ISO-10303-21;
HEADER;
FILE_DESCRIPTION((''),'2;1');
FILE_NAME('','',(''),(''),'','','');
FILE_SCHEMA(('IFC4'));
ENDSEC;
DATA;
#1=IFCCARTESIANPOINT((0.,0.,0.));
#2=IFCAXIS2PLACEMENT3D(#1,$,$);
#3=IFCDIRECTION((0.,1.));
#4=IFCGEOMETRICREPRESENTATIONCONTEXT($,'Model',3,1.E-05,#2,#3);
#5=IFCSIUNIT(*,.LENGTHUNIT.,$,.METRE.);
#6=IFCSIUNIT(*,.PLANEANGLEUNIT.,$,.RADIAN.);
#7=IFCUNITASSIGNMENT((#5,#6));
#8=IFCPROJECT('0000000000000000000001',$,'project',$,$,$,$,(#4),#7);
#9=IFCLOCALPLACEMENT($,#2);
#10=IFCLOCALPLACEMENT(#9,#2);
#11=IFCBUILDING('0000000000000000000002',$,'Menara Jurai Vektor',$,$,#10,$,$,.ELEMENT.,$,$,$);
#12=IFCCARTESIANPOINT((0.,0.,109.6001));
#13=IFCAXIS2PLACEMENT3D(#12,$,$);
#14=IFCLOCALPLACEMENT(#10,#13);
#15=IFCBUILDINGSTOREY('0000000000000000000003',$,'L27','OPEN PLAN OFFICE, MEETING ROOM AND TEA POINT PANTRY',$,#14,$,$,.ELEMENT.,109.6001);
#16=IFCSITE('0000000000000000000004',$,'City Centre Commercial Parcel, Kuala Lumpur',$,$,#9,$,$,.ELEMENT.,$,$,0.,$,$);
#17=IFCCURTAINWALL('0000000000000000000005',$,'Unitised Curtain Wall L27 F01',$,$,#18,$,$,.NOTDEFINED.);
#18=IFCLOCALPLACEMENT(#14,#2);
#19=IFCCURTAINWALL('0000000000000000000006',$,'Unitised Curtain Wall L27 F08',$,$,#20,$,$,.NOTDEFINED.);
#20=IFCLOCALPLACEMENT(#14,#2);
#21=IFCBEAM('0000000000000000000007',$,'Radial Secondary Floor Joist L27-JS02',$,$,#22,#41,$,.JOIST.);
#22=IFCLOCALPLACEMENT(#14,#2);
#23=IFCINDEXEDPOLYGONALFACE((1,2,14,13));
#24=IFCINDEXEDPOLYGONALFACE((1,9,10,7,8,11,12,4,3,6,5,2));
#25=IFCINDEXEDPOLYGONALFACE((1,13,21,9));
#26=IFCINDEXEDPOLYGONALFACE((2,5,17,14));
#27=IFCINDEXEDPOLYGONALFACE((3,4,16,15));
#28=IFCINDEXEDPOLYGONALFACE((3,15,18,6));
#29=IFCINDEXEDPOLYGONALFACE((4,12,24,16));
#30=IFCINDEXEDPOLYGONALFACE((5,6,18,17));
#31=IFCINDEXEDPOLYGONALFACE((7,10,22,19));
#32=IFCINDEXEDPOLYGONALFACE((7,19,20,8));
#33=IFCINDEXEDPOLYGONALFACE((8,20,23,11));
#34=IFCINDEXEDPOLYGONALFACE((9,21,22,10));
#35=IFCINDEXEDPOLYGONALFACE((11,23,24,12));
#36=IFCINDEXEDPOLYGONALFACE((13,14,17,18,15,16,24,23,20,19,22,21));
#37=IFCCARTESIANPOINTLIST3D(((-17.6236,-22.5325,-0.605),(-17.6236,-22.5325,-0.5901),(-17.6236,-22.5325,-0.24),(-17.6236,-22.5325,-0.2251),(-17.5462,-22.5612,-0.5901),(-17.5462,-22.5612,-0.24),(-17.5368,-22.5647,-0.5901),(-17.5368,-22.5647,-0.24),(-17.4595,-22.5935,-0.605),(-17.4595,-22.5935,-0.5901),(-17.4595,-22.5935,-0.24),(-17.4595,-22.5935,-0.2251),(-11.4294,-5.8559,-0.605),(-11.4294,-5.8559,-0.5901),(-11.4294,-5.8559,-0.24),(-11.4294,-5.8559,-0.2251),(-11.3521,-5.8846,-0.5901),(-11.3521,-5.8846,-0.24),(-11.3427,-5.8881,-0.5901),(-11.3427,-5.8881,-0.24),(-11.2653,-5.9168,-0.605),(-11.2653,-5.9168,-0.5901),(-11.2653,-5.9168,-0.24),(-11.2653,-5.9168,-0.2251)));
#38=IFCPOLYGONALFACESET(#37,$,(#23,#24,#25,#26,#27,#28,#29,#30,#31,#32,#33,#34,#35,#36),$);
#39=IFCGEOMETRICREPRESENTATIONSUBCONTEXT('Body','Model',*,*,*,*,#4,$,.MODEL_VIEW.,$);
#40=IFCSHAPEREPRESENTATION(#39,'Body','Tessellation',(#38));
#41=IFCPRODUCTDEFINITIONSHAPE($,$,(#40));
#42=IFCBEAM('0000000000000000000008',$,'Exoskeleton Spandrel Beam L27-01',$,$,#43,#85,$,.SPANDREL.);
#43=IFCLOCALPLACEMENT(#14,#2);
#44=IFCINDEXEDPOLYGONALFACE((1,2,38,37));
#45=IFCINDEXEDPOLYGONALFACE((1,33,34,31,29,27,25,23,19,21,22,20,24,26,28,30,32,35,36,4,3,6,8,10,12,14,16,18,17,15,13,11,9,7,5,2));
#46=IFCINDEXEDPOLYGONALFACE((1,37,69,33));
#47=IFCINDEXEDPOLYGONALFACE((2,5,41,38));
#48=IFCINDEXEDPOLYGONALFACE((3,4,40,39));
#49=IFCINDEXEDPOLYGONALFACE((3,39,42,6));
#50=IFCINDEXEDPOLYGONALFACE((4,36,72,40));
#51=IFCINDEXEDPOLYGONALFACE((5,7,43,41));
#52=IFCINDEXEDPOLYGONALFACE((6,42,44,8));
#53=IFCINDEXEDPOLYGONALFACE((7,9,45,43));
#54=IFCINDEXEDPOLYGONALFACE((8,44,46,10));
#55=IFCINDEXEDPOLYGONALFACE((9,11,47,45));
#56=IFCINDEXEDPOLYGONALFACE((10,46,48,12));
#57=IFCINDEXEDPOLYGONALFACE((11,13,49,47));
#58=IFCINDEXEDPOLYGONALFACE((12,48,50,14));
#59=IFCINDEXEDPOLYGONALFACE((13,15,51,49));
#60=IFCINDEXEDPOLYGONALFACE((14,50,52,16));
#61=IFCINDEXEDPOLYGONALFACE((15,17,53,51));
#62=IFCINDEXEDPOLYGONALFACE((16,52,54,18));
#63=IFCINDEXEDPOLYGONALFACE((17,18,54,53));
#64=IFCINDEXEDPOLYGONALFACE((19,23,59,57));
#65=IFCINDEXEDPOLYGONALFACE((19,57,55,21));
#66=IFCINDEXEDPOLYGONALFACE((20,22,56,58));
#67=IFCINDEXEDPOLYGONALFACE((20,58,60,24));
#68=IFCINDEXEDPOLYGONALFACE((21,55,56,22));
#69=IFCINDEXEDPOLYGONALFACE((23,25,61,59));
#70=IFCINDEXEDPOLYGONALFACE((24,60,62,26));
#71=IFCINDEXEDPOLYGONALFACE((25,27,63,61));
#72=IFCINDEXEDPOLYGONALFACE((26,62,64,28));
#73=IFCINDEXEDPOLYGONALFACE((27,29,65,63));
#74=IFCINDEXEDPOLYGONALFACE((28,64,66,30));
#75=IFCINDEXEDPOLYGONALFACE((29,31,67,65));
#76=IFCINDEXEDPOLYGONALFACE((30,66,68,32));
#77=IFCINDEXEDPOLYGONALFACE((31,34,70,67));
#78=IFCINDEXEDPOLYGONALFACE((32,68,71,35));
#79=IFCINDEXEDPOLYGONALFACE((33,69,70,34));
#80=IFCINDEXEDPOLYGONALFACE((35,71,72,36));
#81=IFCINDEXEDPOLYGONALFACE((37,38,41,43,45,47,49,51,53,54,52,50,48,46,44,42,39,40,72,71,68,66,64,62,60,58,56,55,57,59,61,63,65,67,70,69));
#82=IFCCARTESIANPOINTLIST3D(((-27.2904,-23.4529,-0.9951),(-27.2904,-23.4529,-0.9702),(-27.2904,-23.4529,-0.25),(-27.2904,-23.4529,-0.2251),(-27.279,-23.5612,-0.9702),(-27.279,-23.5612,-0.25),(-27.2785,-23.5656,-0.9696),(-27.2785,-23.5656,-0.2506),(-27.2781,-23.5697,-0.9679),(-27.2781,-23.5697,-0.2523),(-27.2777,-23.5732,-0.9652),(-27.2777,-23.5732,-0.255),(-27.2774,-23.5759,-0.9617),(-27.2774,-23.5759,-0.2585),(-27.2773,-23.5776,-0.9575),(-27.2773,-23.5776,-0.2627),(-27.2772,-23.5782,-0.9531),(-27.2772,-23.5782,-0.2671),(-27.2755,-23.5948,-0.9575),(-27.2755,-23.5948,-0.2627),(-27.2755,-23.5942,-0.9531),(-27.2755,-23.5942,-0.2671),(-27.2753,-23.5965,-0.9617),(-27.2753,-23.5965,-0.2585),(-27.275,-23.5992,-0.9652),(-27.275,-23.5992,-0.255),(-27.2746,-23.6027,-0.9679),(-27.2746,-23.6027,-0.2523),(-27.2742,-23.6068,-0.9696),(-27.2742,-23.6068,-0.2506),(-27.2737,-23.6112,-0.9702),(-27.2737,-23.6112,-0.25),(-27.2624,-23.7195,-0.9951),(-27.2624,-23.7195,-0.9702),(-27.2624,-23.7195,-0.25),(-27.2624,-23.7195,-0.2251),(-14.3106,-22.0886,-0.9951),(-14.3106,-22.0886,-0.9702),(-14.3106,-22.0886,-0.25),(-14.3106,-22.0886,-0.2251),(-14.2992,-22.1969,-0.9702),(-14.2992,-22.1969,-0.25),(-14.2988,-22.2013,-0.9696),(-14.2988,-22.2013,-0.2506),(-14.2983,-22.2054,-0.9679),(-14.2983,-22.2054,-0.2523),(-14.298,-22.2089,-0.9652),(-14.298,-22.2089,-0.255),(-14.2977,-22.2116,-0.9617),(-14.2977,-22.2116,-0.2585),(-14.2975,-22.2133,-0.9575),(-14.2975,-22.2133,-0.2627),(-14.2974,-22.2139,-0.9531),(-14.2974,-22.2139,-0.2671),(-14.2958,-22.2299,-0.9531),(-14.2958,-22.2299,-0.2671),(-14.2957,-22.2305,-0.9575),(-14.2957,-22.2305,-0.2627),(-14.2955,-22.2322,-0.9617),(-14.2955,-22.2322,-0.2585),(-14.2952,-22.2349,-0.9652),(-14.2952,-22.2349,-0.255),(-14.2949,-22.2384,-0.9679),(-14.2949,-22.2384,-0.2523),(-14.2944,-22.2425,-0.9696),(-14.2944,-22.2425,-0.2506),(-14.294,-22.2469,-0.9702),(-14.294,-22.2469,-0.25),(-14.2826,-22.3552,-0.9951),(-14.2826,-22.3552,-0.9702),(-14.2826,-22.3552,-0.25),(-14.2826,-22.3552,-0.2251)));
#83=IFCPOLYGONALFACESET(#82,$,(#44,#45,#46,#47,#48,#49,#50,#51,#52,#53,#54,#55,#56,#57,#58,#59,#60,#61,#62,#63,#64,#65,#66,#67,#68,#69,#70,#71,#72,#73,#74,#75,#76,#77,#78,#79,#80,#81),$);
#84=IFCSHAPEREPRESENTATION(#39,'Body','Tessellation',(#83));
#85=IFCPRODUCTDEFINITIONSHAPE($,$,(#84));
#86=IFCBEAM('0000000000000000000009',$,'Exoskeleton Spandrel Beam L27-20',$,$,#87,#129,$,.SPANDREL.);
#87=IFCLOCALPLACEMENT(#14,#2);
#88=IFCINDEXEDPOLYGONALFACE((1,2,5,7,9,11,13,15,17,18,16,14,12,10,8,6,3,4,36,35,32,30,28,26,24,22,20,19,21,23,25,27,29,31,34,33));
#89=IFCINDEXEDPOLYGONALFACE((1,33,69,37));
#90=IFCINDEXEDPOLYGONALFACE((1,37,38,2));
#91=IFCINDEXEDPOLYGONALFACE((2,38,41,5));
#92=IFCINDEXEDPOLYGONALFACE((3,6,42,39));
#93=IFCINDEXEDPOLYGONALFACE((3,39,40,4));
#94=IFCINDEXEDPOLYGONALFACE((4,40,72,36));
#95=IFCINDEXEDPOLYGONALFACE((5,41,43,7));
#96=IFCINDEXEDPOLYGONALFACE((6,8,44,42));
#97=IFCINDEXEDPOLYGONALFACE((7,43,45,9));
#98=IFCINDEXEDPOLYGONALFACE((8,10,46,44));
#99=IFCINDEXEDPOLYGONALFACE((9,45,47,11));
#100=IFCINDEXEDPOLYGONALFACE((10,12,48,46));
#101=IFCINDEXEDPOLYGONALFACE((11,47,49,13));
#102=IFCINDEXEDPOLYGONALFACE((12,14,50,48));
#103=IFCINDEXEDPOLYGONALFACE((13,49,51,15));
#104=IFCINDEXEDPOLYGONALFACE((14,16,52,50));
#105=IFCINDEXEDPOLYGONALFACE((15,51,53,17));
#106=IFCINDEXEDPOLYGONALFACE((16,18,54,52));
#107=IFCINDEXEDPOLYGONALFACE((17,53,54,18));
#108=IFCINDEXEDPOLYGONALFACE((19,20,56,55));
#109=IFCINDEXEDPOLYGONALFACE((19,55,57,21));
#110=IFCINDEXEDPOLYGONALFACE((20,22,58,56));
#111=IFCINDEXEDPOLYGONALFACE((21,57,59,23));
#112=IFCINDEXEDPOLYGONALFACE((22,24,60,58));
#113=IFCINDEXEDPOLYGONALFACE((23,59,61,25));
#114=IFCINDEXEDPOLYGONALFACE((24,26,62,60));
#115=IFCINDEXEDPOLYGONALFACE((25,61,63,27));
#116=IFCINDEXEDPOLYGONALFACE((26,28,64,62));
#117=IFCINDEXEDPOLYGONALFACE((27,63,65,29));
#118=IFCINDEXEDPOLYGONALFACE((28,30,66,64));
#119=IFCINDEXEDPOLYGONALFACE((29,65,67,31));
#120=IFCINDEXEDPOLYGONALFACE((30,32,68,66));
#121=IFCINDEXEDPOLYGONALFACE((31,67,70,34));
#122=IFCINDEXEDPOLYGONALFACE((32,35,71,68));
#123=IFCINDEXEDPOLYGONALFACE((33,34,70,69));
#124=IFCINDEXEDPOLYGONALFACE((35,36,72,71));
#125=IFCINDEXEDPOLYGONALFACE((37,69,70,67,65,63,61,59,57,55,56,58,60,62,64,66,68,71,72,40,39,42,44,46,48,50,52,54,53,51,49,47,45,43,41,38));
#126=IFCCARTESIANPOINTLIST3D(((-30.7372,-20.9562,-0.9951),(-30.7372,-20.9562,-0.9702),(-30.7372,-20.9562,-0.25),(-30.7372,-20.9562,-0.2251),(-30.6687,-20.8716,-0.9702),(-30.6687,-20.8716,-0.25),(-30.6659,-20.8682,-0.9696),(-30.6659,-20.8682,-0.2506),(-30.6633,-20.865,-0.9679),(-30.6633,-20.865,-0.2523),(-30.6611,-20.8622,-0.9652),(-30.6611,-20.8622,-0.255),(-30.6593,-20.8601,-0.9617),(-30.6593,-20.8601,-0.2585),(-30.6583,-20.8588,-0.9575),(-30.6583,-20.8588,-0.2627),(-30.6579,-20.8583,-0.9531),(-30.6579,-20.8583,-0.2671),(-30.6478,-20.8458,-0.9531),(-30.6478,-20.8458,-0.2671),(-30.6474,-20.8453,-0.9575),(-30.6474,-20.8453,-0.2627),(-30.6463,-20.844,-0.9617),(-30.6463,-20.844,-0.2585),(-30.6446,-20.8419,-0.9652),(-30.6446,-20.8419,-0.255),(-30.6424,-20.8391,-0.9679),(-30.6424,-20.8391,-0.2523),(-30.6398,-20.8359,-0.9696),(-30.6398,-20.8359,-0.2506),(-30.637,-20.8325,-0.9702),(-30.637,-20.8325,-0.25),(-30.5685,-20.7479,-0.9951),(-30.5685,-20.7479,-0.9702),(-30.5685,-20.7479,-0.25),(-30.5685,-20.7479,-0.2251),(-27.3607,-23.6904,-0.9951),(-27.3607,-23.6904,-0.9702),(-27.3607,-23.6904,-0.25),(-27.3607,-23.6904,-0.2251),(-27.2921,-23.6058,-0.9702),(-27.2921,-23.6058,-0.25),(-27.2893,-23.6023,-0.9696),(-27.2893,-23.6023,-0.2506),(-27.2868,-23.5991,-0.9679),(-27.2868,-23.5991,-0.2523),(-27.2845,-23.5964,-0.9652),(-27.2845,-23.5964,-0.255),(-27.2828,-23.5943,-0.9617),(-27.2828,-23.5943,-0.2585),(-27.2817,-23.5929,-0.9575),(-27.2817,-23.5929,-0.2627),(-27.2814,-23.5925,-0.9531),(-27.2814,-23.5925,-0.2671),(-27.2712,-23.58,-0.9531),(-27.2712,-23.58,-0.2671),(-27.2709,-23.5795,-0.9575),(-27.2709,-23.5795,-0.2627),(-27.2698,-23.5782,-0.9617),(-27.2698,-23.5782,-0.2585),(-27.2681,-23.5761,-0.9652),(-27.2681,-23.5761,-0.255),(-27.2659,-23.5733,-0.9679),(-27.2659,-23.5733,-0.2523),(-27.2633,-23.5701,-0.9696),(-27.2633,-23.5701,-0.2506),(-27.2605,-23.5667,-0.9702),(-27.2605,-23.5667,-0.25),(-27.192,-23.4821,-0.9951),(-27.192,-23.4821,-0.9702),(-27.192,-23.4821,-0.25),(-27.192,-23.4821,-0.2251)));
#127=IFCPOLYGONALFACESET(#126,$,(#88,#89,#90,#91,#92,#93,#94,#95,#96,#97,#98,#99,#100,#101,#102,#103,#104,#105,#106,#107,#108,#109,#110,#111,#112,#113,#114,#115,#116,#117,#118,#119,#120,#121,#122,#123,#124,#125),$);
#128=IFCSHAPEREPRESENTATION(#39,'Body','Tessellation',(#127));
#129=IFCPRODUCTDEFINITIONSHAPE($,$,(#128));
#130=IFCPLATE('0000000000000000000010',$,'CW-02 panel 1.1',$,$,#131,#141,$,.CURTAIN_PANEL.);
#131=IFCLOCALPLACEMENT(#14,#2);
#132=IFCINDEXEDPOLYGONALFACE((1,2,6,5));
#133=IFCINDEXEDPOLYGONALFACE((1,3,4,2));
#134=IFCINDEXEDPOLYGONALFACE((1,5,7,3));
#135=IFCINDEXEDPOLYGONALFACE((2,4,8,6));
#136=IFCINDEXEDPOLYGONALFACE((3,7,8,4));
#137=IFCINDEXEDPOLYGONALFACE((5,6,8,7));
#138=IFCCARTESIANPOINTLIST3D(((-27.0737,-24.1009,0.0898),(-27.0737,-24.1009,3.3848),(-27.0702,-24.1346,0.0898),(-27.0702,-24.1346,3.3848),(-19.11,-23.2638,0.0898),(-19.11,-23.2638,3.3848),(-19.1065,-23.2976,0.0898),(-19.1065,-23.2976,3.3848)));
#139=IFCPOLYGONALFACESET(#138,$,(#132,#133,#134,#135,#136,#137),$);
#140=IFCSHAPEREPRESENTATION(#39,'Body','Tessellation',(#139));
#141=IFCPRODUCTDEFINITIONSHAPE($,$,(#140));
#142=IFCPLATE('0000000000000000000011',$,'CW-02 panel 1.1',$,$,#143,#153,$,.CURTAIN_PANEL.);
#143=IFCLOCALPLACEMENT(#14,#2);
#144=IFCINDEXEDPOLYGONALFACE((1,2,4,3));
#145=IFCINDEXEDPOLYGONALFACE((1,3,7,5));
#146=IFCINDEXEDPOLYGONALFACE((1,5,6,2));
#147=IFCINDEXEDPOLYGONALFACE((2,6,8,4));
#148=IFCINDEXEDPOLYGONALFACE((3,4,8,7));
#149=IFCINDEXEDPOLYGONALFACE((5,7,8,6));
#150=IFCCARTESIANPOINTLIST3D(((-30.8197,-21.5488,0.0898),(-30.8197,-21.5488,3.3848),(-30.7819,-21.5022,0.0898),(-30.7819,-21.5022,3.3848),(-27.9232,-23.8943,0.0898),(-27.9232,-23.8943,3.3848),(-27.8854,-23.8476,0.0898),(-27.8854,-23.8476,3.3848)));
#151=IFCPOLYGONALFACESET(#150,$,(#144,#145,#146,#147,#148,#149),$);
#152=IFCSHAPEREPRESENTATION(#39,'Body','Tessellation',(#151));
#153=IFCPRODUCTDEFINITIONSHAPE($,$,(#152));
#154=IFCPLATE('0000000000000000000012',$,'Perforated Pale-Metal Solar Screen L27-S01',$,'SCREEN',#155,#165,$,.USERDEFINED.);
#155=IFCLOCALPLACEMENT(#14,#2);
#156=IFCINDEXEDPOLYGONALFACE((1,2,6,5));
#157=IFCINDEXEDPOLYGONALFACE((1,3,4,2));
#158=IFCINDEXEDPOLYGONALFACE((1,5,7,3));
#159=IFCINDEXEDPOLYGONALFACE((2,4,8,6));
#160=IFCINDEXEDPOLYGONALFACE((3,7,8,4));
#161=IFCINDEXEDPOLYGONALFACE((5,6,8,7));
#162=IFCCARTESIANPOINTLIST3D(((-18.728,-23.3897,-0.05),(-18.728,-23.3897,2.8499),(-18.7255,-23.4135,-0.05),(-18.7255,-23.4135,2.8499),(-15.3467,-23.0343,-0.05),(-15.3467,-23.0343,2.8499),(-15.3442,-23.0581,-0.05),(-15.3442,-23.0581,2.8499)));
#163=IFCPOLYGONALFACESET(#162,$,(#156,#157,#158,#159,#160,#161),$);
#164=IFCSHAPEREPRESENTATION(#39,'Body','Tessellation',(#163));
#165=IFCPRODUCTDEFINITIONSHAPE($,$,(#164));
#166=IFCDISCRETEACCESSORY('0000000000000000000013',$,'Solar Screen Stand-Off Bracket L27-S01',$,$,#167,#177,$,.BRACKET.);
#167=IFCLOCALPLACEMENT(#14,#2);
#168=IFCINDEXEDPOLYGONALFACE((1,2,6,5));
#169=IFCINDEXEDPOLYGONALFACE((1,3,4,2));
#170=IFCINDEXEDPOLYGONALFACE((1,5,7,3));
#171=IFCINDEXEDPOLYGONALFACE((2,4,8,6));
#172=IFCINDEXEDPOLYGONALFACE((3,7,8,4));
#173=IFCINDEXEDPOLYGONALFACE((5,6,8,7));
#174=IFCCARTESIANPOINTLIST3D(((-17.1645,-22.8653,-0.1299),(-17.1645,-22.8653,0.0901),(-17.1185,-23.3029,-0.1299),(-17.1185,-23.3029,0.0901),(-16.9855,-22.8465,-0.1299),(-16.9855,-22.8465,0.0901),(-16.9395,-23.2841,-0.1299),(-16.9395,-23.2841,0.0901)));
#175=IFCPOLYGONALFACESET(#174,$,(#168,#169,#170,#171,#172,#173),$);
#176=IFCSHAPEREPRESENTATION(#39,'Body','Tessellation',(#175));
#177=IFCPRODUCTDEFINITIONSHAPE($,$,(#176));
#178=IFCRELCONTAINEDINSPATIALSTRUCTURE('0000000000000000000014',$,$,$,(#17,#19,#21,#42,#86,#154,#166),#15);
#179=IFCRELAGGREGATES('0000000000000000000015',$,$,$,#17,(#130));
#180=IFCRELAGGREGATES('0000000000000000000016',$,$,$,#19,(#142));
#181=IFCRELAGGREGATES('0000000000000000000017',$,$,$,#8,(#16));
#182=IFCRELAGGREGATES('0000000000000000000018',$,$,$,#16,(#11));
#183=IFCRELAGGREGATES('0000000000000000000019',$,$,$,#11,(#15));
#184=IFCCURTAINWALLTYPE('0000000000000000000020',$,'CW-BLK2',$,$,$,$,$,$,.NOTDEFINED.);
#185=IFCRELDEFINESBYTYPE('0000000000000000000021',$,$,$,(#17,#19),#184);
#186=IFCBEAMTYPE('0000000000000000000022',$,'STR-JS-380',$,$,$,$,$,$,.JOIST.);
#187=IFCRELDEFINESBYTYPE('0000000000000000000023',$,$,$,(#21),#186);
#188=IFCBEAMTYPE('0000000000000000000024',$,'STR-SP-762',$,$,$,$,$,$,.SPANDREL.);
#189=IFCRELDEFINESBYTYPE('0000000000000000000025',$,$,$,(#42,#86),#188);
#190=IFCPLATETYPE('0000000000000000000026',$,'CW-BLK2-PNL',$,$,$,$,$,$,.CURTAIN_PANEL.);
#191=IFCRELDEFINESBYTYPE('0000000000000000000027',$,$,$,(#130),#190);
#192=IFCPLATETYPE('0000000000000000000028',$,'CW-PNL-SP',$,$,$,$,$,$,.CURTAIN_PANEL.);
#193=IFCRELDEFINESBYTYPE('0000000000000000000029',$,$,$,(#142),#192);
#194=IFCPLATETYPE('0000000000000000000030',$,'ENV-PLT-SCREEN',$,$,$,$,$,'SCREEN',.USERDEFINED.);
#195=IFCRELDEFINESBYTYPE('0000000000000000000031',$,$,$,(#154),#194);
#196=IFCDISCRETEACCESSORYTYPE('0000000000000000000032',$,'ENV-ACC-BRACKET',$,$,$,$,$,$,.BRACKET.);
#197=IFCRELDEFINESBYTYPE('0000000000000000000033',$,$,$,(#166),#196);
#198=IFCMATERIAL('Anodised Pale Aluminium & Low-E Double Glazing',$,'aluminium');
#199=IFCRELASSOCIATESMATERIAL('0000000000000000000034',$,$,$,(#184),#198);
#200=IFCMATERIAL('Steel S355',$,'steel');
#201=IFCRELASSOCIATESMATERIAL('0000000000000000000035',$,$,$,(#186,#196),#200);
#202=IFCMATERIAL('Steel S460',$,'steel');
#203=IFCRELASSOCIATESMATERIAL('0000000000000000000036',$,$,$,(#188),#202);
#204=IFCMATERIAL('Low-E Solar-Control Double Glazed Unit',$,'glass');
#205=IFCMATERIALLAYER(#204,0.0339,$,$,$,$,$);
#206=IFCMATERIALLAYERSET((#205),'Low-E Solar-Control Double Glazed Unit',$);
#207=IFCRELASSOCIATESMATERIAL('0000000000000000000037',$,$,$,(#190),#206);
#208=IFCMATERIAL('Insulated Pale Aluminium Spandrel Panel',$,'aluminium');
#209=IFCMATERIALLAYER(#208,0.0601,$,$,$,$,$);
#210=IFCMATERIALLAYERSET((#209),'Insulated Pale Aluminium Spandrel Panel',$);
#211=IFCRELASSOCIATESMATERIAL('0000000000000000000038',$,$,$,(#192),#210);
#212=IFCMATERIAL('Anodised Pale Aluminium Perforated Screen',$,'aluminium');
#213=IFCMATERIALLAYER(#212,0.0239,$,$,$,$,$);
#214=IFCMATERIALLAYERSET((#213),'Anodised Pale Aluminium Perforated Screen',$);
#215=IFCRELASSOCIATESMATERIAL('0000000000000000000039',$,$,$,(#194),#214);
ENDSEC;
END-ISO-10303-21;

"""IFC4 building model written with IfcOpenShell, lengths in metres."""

from ifc_helpers import new_model, si_unit, direction, frame, origin, origin_2d, place, context, subcontext, project, spatial, rectangle, i_section, extrude, material, layer, layer_set, material_profile, profile_set, type_object, element, aggregate, save


model = new_model("IFC4")

# Units and contexts
model_context = context("Model", 3, precision=1e-05, world=origin(), true_north=direction((0.0, 1.0)))
body_context = subcontext(model_context, "Body", "Model", "MODEL_VIEW")
ifc_project = project(units=[si_unit("LENGTHUNIT", "METRE"), si_unit("PLANEANGLEUNIT", "RADIAN")], contexts=[model_context])

# Site, building, storey
site_placement = place(None, origin())
site = spatial("IfcSite", under=ifc_project, at=site_placement, Name="City Centre Commercial Parcel, Kuala Lumpur", CompositionType="ELEMENT", RefElevation=0.0)
building_placement = place(site_placement, origin())
building = spatial("IfcBuilding", under=site, at=building_placement, Name="Menara Jurai Vektor", CompositionType="ELEMENT")
storey_placement = place(building_placement, frame((0.0, 0.0, 109.6001)))
storey = spatial("IfcBuildingStorey", under=building, at=storey_placement, Name="L27", Description="OPEN PLAN OFFICE, MEETING ROOM AND TEA POINT PANTRY", CompositionType="ELEMENT", Elevation=109.6001)

# Shared definitions
ifc_material_1 = material(Name="Steel S460", Category="steel")

# Curtain walls
ifc_material_2 = material(Name="Anodised Pale Aluminium & Low-E Double Glazing", Category="aluminium")
curtain_wall_type = type_object("IfcCurtainWallType", Name="CW-BLK2", PredefinedType="NOTDEFINED", material=ifc_material_2)
curtain_wall_1_placement = place(storey_placement, origin())
curtain_wall_1 = element("IfcCurtainWall", 1, at=curtain_wall_1_placement, inside=storey, type_object=curtain_wall_type, Name="Unitised Curtain Wall L27 F01", PredefinedType="NOTDEFINED")
curtain_wall_2_placement = place(storey_placement, origin())
curtain_wall_2 = element("IfcCurtainWall", 2, at=curtain_wall_2_placement, inside=storey, type_object=curtain_wall_type, Name="Unitised Curtain Wall L27 F08", PredefinedType="NOTDEFINED")

# Shared definitions
ifc_material_3 = material(Name="Steel S355", Category="steel")

# Beams
ifc_material_profile_1 = material_profile(ifc_material_3, i_section(OverallWidth=0.175, OverallDepth=0.3799, WebThickness=0.01, FlangeThickness=0.0149, at=origin_2d()), Name="PG 380x175x58")
ifc_profile_set_1 = profile_set([ifc_material_profile_1], Name="Steel S355")
beam_type_1 = type_object("IfcBeamType", Name="STR-JS-380", PredefinedType="JOIST", material=ifc_profile_set_1)
beam_1_placement = place(storey_placement, frame((-17.5415, -22.563, -0.415), z_axis=(0.348184, 0.937426, 0.0), x_axis=(-0.937426, 0.348184, 0.0)))
element("IfcBeam", 3, at=beam_1_placement, inside=storey, type_object=beam_type_1, Name="Radial Secondary Floor Joist L27-JS02", PredefinedType="JOIST", context=body_context, shape_type="SweptSolid", body=[
    extrude(i_section(OverallWidth=0.175, OverallDepth=0.3799, WebThickness=0.01, FlangeThickness=0.0149, at=origin_2d()), origin(), (0.0, 0.0, 1.0), 17.7898),
])
ifc_material_profile_2 = material_profile(ifc_material_1, i_section(OverallWidth=0.2681, OverallDepth=0.77, WebThickness=0.0161, FlangeThickness=0.0249, FilletRadius=0.0171, at=origin_2d()), Name="UKB 762x267x197")
ifc_profile_set_2 = profile_set([ifc_material_profile_2], Name="Steel S460")
beam_type_2 = type_object("IfcBeamType", Name="STR-SP-762", PredefinedType="SPANDREL", material=ifc_profile_set_2)
beam_2_placement = place(storey_placement, frame((-27.2764, -23.5862, -0.6101), z_axis=(0.994522, 0.104531, 0.0), x_axis=(-0.104531, 0.994522, 0.0)))
element("IfcBeam", 4, at=beam_2_placement, inside=storey, type_object=beam_type_2, Name="Exoskeleton Spandrel Beam L27-01", PredefinedType="SPANDREL", context=body_context, shape_type="SweptSolid", body=[
    extrude(i_section(OverallWidth=0.2681, OverallDepth=0.77, WebThickness=0.0161, FlangeThickness=0.0249, FilletRadius=0.0171, at=origin_2d()), origin(), (0.0, 0.0, 1.0), 13.0513),
])
beam_3_placement = place(storey_placement, frame((-30.6528, -20.8521, -0.6101), z_axis=(0.777155, -0.62931, 0.0), x_axis=(0.62931, 0.777155, 0.0)))
element("IfcBeam", 5, at=beam_3_placement, inside=storey, type_object=beam_type_2, Name="Exoskeleton Spandrel Beam L27-20", PredefinedType="SPANDREL", context=body_context, shape_type="SweptSolid", body=[
    extrude(i_section(OverallWidth=0.2681, OverallDepth=0.77, WebThickness=0.0161, FlangeThickness=0.0249, FilletRadius=0.0171, at=origin_2d()), origin(), (0.0, 0.0, 1.0), 4.3447),
])

# Plates
ifc_material_4 = material(Name="Low-E Solar-Control Double Glazed Unit", Category="glass")
ifc_layer_1 = layer(ifc_material_4, 0.0339)
ifc_layer_set_1 = layer_set([ifc_layer_1], Name="Low-E Solar-Control Double Glazed Unit")
plate_type_1 = type_object("IfcPlateType", Name="CW-BLK2-PNL", PredefinedType="CURTAIN_PANEL", material=ifc_layer_set_1)
plate_1_placement = place(storey_placement, frame((-23.0901, -23.6992, 0.0898), z_axis=(0.0, 0.0, 1.0), x_axis=(0.994522, 0.104529, 0.0)))
plate_1 = element("IfcPlate", 6, at=plate_1_placement, type_object=plate_type_1, Name="CW-02 panel 1.1", PredefinedType="CURTAIN_PANEL", context=body_context, shape_type="SweptSolid", body=[
    extrude(rectangle(XDim=8.0076, YDim=0.0339, at=origin_2d()), origin(), (0.0, 0.0, 1.0), 3.2949),
])
aggregate(curtain_wall_1, [plate_1])
ifc_material_5 = material(Name="Insulated Pale Aluminium Spandrel Panel", Category="aluminium")
ifc_layer_2 = layer(ifc_material_5, 0.0601)
ifc_layer_set_2 = layer_set([ifc_layer_2], Name="Insulated Pale Aluminium Spandrel Panel")
plate_type_2 = type_object("IfcPlateType", Name="CW-PNL-SP", PredefinedType="CURTAIN_PANEL", material=ifc_layer_set_2)
plate_2_placement = place(storey_placement, frame((-29.3525, -22.6982, 0.0898), z_axis=(0.0, 0.0, 1.0), x_axis=(0.777152, -0.629313, 0.0)))
plate_2 = element("IfcPlate", 7, at=plate_2_placement, type_object=plate_type_2, Name="CW-02 panel 1.1", PredefinedType="CURTAIN_PANEL", context=body_context, shape_type="SweptSolid", body=[
    extrude(rectangle(XDim=3.7271, YDim=0.0601, at=origin_2d()), origin(), (0.0, 0.0, 1.0), 3.2949),
])
aggregate(curtain_wall_2, [plate_2])
ifc_material_6 = material(Name="Anodised Pale Aluminium Perforated Screen", Category="aluminium")
ifc_layer_3 = layer(ifc_material_6, 0.0239)
ifc_layer_set_3 = layer_set([ifc_layer_3], Name="Anodised Pale Aluminium Perforated Screen")
plate_type_3 = type_object("IfcPlateType", Name="ENV-PLT-SCREEN", ElementType="SCREEN", PredefinedType="USERDEFINED", material=ifc_layer_set_3)
plate_3_placement = place(storey_placement, frame((-17.0361, -23.2239, -0.05), z_axis=(0.0, 0.0, 1.0), x_axis=(0.994522, 0.104528, 0.0)))
element("IfcPlate", 8, at=plate_3_placement, inside=storey, type_object=plate_type_3, Name="Perforated Pale-Metal Solar Screen L27-S01", ObjectType="SCREEN", PredefinedType="USERDEFINED", context=body_context, shape_type="SweptSolid", body=[
    extrude(rectangle(XDim=3.3999, YDim=0.0239, at=origin_2d()), origin(), (0.0, 0.0, 1.0), 2.8999),
])

# Discrete accessory
discrete_accessory_type = type_object("IfcDiscreteAccessoryType", Name="ENV-ACC-BRACKET", PredefinedType="BRACKET", material=ifc_material_3)
discrete_accessory_placement = place(storey_placement, frame((-17.052, -23.0747, -0.1299), z_axis=(0.0, 0.0, 1.0), x_axis=(0.994522, 0.104528, 0.0)))
element("IfcDiscreteAccessory", 9, at=discrete_accessory_placement, inside=storey, type_object=discrete_accessory_type, Name="Solar Screen Stand-Off Bracket L27-S01", PredefinedType="BRACKET", context=body_context, shape_type="SweptSolid", body=[
    extrude(rectangle(XDim=0.1799, YDim=0.4399, at=origin_2d()), origin(), (0.0, 0.0, 1.0), 0.22),
])

save(model, "model.ifc")
